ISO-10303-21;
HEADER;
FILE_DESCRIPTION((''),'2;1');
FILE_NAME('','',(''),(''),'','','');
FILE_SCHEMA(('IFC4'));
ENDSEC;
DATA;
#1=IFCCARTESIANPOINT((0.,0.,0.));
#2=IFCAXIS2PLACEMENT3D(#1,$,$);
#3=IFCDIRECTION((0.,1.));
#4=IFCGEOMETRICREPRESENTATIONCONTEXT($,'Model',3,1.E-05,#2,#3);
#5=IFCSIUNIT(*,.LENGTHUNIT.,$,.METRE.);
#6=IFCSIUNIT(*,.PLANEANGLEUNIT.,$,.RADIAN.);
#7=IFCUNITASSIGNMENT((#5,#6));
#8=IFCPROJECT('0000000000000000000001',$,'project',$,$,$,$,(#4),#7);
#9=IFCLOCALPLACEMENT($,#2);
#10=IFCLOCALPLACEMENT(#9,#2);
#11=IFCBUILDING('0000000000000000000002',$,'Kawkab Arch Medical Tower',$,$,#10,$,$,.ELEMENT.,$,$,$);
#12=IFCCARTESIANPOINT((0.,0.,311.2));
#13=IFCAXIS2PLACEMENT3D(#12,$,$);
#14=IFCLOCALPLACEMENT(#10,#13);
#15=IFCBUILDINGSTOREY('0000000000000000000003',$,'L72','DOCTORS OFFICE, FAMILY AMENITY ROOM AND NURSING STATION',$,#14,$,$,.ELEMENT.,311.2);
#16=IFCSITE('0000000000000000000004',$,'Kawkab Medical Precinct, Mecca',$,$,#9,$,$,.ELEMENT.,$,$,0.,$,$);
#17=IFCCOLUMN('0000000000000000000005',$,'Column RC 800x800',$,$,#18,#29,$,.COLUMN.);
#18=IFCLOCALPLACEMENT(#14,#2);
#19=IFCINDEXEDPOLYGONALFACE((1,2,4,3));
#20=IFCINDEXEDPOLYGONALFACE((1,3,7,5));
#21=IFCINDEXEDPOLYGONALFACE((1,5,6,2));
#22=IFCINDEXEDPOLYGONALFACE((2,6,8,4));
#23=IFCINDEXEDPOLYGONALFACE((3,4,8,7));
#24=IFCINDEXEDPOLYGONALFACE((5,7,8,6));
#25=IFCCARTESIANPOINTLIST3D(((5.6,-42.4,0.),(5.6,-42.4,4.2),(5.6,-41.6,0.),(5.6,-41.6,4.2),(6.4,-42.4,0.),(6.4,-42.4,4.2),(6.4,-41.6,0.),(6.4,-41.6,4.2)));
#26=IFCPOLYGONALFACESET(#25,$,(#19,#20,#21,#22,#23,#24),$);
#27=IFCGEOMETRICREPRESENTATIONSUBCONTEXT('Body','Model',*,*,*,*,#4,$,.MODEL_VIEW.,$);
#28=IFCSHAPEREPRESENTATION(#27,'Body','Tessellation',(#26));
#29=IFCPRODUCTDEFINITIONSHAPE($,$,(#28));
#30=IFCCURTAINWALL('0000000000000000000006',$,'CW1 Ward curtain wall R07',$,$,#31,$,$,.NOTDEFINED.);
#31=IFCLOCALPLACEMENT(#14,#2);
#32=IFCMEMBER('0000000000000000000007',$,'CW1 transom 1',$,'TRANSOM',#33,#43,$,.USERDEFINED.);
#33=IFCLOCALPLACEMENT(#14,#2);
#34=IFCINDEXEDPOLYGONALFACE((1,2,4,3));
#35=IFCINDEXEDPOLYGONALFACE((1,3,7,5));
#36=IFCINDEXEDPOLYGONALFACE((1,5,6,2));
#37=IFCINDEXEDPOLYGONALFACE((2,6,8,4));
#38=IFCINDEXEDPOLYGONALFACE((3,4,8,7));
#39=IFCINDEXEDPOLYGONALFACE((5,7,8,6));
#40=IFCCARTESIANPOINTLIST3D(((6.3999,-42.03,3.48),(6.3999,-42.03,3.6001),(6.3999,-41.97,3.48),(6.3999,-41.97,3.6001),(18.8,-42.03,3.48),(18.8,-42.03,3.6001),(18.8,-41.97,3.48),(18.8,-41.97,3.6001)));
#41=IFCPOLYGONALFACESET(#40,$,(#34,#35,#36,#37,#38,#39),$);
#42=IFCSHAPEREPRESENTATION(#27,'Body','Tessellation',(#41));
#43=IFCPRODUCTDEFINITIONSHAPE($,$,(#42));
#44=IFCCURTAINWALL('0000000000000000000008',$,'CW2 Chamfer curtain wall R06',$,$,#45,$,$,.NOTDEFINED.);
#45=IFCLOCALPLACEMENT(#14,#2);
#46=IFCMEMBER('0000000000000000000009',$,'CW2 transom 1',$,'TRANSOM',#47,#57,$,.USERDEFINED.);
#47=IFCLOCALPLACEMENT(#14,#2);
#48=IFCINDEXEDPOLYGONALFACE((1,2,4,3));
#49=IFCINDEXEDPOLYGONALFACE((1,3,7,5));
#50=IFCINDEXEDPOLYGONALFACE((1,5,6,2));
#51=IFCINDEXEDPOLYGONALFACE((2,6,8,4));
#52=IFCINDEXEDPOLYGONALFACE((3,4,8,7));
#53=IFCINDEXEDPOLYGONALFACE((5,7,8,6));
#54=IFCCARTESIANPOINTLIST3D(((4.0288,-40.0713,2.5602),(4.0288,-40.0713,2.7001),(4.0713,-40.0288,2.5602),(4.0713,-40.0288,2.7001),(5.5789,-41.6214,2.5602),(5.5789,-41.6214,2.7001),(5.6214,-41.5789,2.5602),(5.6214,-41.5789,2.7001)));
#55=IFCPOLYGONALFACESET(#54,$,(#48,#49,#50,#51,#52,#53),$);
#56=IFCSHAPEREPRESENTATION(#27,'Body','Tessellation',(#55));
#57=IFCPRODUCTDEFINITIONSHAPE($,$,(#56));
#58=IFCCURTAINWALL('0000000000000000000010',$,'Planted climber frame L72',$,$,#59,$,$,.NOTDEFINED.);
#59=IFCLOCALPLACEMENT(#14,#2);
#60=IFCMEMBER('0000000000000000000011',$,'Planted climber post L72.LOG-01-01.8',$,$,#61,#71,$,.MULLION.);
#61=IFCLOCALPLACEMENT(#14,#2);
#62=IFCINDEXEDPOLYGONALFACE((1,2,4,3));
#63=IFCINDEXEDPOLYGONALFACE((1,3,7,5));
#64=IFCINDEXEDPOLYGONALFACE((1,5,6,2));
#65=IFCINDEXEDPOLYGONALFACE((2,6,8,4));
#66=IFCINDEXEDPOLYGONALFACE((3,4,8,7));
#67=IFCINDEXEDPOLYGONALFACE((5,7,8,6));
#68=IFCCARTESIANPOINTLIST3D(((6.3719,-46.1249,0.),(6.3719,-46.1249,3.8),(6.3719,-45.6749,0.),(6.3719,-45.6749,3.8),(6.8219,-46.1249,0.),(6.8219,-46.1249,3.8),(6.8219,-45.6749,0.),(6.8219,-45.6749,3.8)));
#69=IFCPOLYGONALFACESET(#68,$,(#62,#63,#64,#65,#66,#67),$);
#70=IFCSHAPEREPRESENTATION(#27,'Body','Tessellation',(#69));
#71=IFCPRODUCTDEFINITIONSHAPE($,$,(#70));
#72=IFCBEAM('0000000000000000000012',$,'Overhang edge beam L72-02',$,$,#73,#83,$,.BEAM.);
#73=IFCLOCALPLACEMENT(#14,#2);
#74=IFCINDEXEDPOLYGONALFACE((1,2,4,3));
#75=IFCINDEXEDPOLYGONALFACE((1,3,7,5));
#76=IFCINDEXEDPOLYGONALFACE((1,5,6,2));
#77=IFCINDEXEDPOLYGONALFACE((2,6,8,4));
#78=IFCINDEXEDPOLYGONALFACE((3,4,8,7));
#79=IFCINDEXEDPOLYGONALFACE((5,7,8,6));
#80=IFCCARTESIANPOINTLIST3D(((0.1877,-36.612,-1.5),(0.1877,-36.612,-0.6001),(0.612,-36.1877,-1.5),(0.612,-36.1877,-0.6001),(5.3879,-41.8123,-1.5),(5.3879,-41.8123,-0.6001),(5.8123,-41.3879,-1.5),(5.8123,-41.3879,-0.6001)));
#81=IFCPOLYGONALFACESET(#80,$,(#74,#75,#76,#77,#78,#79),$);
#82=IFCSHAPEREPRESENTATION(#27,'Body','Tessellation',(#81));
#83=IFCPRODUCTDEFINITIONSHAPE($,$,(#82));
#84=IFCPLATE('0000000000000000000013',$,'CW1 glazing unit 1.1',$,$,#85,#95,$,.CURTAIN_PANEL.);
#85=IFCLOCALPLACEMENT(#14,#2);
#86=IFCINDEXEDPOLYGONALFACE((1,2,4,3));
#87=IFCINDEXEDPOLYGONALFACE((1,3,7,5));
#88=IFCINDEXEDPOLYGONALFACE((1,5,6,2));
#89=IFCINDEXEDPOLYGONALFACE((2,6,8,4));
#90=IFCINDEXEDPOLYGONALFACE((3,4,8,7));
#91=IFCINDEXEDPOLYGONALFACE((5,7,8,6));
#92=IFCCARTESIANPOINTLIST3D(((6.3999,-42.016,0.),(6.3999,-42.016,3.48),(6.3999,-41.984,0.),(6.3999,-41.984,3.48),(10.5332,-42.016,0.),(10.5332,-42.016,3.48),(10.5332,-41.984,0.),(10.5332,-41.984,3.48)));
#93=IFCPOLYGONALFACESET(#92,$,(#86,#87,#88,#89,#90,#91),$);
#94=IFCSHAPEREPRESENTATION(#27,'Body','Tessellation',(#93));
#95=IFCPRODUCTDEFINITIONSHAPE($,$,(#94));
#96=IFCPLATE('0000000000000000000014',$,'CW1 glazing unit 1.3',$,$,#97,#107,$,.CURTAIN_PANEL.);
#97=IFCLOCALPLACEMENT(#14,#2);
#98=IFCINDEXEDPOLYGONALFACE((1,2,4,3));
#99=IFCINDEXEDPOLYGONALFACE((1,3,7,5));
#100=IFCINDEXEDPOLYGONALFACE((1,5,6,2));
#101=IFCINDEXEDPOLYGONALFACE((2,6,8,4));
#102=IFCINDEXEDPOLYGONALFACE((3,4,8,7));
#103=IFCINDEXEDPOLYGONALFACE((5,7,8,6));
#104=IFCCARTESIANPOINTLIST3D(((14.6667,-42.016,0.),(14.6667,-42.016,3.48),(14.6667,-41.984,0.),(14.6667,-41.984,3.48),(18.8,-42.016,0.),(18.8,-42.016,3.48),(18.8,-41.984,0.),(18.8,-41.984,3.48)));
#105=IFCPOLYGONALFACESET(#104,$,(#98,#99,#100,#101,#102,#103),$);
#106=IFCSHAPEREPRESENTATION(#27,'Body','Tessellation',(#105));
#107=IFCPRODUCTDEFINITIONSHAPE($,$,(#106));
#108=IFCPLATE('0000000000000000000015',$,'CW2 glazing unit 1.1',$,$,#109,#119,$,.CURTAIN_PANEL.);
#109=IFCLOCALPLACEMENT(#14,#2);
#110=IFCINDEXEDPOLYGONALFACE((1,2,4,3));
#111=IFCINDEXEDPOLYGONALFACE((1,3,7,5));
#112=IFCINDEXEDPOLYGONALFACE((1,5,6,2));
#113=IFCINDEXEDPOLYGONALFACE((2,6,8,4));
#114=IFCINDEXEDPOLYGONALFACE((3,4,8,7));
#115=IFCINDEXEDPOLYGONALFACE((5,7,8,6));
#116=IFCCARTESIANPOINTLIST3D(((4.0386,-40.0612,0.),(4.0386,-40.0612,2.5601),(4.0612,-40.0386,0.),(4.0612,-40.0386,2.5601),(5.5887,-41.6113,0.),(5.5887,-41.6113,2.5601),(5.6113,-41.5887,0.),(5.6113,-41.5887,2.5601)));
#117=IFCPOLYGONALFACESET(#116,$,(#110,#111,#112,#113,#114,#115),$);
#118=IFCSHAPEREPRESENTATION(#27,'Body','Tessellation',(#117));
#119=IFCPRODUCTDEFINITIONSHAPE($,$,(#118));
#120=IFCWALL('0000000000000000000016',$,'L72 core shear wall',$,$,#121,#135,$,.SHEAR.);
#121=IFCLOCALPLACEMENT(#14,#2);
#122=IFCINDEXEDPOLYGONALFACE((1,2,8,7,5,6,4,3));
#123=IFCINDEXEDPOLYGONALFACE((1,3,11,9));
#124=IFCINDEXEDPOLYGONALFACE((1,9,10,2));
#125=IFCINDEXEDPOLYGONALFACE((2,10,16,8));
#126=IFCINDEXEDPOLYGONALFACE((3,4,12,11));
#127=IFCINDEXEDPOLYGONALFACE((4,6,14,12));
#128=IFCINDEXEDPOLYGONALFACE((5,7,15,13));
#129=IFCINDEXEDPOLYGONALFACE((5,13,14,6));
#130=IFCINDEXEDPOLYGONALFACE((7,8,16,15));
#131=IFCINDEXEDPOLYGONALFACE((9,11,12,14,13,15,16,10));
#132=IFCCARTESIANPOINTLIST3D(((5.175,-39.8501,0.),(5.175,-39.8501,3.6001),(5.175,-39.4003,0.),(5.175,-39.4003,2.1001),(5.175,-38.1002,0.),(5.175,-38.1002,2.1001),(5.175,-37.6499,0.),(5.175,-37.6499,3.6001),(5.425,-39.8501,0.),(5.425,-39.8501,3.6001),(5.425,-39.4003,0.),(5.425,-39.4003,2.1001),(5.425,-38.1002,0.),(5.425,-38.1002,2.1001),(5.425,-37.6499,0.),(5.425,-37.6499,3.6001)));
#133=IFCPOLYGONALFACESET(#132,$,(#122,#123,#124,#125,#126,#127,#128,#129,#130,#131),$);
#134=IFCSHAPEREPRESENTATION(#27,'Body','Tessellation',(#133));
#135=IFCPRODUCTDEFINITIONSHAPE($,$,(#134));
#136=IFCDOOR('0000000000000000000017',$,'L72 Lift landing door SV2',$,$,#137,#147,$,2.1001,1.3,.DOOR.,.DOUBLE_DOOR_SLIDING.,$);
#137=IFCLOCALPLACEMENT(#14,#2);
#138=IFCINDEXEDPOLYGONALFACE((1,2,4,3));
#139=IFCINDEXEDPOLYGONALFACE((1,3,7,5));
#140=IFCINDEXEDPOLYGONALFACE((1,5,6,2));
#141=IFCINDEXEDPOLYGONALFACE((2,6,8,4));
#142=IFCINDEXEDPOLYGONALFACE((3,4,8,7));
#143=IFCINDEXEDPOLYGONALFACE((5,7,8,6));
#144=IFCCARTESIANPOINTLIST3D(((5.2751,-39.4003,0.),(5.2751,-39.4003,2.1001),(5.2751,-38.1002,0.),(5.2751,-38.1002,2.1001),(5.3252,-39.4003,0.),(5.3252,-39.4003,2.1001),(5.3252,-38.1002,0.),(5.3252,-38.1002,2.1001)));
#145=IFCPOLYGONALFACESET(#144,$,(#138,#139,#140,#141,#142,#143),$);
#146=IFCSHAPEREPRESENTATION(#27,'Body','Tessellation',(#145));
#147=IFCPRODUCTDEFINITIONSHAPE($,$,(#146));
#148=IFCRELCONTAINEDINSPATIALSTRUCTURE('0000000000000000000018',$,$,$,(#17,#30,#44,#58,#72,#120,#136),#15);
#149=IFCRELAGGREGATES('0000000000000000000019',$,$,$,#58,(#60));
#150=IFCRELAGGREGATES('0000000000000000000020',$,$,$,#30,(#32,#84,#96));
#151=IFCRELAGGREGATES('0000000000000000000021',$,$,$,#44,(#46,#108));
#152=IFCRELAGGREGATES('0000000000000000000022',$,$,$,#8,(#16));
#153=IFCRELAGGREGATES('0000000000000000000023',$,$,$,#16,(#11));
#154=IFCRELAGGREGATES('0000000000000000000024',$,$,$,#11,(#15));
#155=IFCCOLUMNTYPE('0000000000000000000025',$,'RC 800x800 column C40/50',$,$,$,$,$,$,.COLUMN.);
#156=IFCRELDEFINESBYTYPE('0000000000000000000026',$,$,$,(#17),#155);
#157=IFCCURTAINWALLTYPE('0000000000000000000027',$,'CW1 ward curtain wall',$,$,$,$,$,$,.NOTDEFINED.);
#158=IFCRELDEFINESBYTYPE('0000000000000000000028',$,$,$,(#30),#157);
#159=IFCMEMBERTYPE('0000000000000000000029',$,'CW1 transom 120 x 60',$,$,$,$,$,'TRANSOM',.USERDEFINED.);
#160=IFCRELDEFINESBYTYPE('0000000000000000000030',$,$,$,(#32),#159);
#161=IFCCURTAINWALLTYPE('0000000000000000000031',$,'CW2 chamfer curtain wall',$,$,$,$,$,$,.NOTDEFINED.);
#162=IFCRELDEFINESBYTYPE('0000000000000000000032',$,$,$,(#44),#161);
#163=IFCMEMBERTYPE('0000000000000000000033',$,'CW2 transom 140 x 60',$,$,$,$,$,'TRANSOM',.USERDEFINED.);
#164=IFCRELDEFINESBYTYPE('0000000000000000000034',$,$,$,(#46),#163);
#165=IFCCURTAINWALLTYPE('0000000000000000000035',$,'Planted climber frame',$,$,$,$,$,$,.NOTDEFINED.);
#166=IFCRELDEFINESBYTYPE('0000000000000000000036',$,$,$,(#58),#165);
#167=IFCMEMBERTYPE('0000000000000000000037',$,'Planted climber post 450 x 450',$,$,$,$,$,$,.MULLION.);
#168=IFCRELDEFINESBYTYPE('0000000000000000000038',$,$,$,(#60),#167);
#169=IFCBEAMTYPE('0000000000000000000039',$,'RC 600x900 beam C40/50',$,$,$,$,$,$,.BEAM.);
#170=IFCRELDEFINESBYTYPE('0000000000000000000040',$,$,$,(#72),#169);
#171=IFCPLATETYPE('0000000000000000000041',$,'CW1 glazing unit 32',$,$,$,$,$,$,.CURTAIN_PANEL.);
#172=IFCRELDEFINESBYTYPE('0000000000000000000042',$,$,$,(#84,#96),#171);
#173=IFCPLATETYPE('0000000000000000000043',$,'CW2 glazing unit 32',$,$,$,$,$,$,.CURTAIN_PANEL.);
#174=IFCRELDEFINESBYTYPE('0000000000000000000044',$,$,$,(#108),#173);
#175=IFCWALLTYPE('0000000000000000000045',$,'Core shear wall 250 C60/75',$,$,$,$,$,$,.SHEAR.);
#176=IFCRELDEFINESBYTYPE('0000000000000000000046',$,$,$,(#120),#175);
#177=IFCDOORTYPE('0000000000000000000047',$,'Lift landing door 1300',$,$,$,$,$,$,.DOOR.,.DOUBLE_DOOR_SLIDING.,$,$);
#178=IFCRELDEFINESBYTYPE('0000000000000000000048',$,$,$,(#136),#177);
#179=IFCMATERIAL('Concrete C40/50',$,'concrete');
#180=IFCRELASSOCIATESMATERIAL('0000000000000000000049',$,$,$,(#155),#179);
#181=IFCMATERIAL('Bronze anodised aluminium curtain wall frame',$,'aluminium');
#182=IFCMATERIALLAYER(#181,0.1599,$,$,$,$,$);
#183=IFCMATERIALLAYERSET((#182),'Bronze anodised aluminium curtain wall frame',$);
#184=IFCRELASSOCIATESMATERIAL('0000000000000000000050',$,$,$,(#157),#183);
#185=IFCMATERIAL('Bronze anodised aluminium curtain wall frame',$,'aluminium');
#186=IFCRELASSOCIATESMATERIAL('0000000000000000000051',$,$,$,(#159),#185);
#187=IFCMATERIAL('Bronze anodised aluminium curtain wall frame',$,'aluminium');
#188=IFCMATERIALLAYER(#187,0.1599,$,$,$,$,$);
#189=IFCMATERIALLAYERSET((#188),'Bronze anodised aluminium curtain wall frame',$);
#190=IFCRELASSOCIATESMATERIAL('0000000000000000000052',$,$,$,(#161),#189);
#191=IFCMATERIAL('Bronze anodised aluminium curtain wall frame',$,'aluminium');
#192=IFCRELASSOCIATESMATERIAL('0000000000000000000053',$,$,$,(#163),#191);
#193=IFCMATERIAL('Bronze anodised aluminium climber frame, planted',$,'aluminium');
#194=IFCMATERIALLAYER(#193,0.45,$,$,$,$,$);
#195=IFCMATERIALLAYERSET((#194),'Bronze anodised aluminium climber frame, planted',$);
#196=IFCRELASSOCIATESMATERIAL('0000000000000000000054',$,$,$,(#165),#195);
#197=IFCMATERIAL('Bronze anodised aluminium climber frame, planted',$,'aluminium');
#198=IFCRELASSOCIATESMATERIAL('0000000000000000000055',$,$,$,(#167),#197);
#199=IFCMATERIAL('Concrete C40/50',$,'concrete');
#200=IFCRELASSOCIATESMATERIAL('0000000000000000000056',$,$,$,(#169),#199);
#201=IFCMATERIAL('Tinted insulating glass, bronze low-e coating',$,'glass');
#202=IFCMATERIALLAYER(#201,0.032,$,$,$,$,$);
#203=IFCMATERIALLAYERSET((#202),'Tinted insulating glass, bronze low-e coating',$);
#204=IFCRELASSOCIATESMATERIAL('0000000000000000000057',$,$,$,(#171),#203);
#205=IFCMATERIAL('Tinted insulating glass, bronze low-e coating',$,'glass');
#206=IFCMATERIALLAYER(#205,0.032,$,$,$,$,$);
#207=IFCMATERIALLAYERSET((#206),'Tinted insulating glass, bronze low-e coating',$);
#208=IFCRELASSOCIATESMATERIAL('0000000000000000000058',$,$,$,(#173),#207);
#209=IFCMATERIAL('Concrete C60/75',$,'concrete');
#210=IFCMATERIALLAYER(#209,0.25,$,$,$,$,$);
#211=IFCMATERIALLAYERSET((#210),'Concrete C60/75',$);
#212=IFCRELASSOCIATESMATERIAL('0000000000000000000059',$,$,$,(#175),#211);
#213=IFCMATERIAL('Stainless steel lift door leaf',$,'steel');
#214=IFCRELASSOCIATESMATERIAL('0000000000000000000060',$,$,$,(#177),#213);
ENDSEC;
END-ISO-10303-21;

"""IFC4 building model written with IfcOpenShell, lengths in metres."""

from ifc_helpers import new_model, si_unit, direction, frame, frame_2d, origin, origin_2d, place, context, subcontext, project, spatial, rectangle, extrude, material, layer, layer_set, material_profile, profile_set, type_object, element, fill, aggregate, save


model = new_model("IFC4")

# Units and contexts
model_context = context("Model", 3, precision=1e-05, world=origin(), true_north=direction((0.0, 1.0)))
body_context = subcontext(model_context, "Body", "Model", "MODEL_VIEW")
ifc_project = project(units=[si_unit("LENGTHUNIT", "METRE"), si_unit("PLANEANGLEUNIT", "RADIAN")], contexts=[model_context])

# Site, building, storey
site_placement = place(None, origin())
site = spatial("IfcSite", under=ifc_project, at=site_placement, Name="Kawkab Medical Precinct, Mecca", CompositionType="ELEMENT", RefElevation=0.0)
building_placement = place(site_placement, origin())
building = spatial("IfcBuilding", under=site, at=building_placement, Name="Kawkab Arch Medical Tower", CompositionType="ELEMENT")
storey_placement = place(building_placement, frame((0.0, 0.0, 311.2)))
storey = spatial("IfcBuildingStorey", under=building, at=storey_placement, Name="L72", Description="DOCTORS OFFICE, FAMILY AMENITY ROOM AND NURSING STATION", CompositionType="ELEMENT", Elevation=311.2)

# Column
ifc_material_1 = material(Name="Concrete C40/50", Category="concrete")
ifc_material_profile_1 = material_profile(ifc_material_1, rectangle(XDim=0.8, YDim=0.8, at=origin_2d()), Name="RC 800x800")
ifc_profile_set_1 = profile_set([ifc_material_profile_1], Name="Concrete C40/50")
column_type = type_object("IfcColumnType", Name="RC 800x800 column C40/50", PredefinedType="COLUMN", material=ifc_profile_set_1)
column_placement = place(storey_placement, frame((6.0, -42.0, 0.0), z_axis=(0.0, 0.0, 1.0), x_axis=(1.0, 0.0, 0.0)))
element("IfcColumn", 1, at=column_placement, inside=storey, type_object=column_type, Name="Column RC 800x800", PredefinedType="COLUMN", context=body_context, shape_type="SweptSolid", body=[
    extrude(rectangle(XDim=0.8, YDim=0.8, at=origin_2d()), origin(), (0.0, 0.0, 1.0), 4.2),
])

# Curtain walls, members
ifc_material_2 = material(Name="Bronze anodised aluminium curtain wall frame", Category="aluminium")
ifc_layer_1 = layer(ifc_material_2, 0.1599)
ifc_layer_set_1 = layer_set([ifc_layer_1], Name="Bronze anodised aluminium curtain wall frame")
curtain_wall_type_1 = type_object("IfcCurtainWallType", Name="CW1 ward curtain wall", PredefinedType="NOTDEFINED", material=ifc_layer_set_1)
placement = place(storey_placement, origin())
curtain_wall_1 = element("IfcCurtainWall", 2, at=placement, inside=storey, type_object=curtain_wall_type_1, Name="CW1 Ward curtain wall R07", PredefinedType="NOTDEFINED")
ifc_material_3 = material(Name="Bronze anodised aluminium curtain wall frame", Category="aluminium")
ifc_material_profile_2 = material_profile(ifc_material_3, rectangle(XDim=0.0601, YDim=0.1201, at=origin_2d()), Name="AL 60x120")
ifc_profile_set_2 = profile_set([ifc_material_profile_2], Name="Bronze anodised aluminium curtain wall frame")
member_type_1 = type_object("IfcMemberType", Name="CW1 transom 120 x 60", ElementType="TRANSOM", PredefinedType="USERDEFINED", material=ifc_profile_set_2)
member_1_placement = place(storey_placement, frame((6.3999, -42.0, 3.54), z_axis=(1.0, 0.0, 0.0), x_axis=(0.0, 1.0, 0.0)))
member_1 = element("IfcMember", 3, at=member_1_placement, type_object=member_type_1, Name="CW1 transom 1", ObjectType="TRANSOM", PredefinedType="USERDEFINED", context=body_context, shape_type="SweptSolid", body=[
    extrude(rectangle(XDim=0.0601, YDim=0.1201, at=origin_2d()), origin(), (0.0, 0.0, 1.0), 12.4001),
])
ifc_material_4 = material(Name="Bronze anodised aluminium curtain wall frame", Category="aluminium")
ifc_layer_2 = layer(ifc_material_4, 0.1599)
ifc_layer_set_2 = layer_set([ifc_layer_2], Name="Bronze anodised aluminium curtain wall frame")
curtain_wall_type_2 = type_object("IfcCurtainWallType", Name="CW2 chamfer curtain wall", PredefinedType="NOTDEFINED", material=ifc_layer_set_2)
curtain_wall_2 = element("IfcCurtainWall", 4, at=placement, inside=storey, type_object=curtain_wall_type_2, Name="CW2 Chamfer curtain wall R06", PredefinedType="NOTDEFINED")
ifc_material_5 = material(Name="Bronze anodised aluminium curtain wall frame", Category="aluminium")
ifc_material_profile_3 = material_profile(ifc_material_5, rectangle(XDim=0.0601, YDim=0.1399, at=origin_2d()), Name="AL 60x140")
ifc_profile_set_3 = profile_set([ifc_material_profile_3], Name="Bronze anodised aluminium curtain wall frame")
member_type_2 = type_object("IfcMemberType", Name="CW2 transom 140 x 60", ElementType="TRANSOM", PredefinedType="USERDEFINED", material=ifc_profile_set_3)
member_2_placement = place(storey_placement, frame((4.05, -40.05, 2.6301), z_axis=(0.707107, -0.707107, 0.0), x_axis=(0.707107, 0.707107, 0.0)))
member_2 = element("IfcMember", 5, at=member_2_placement, type_object=member_type_2, Name="CW2 transom 1", ObjectType="TRANSOM", PredefinedType="USERDEFINED", context=body_context, shape_type="SweptSolid", body=[
    extrude(rectangle(XDim=0.0601, YDim=0.1399, at=origin_2d()), origin(), (0.0, 0.0, 1.0), 2.1921),
])
ifc_material_6 = material(Name="Bronze anodised aluminium climber frame, planted", Category="aluminium")
ifc_layer_3 = layer(ifc_material_6, 0.45)
ifc_layer_set_3 = layer_set([ifc_layer_3], Name="Bronze anodised aluminium climber frame, planted")
curtain_wall_type_3 = type_object("IfcCurtainWallType", Name="Planted climber frame", PredefinedType="NOTDEFINED", material=ifc_layer_set_3)
curtain_wall_3 = element("IfcCurtainWall", 6, at=placement, inside=storey, type_object=curtain_wall_type_3, Name="Planted climber frame L72", PredefinedType="NOTDEFINED")
ifc_material_7 = material(Name="Bronze anodised aluminium climber frame, planted", Category="aluminium")
ifc_material_profile_4 = material_profile(ifc_material_7, rectangle(XDim=0.45, YDim=0.45, at=origin_2d()), Name="Post 450x450")
ifc_profile_set_4 = profile_set([ifc_material_profile_4], Name="Bronze anodised aluminium climber frame, planted")
member_type_3 = type_object("IfcMemberType", Name="Planted climber post 450 x 450", PredefinedType="MULLION", material=ifc_profile_set_4)
member_3_placement = place(storey_placement, frame((6.5969, -45.8999, 0.0), z_axis=(0.0, 0.0, 1.0), x_axis=(1.0, 0.0, 0.0)))
member_3 = element("IfcMember", 7, at=member_3_placement, type_object=member_type_3, Name="Planted climber post L72.LOG-01-01.8", PredefinedType="MULLION", context=body_context, shape_type="SweptSolid", body=[
    extrude(rectangle(XDim=0.45, YDim=0.45, at=origin_2d()), origin(), (0.0, 0.0, 1.0), 3.8),
])
aggregate(curtain_wall_3, [member_3])

# Beam
ifc_material_8 = material(Name="Concrete C40/50", Category="concrete")
ifc_material_profile_5 = material_profile(ifc_material_8, rectangle(XDim=0.6001, YDim=0.8999, at=origin_2d()), Name="RC 600x900")
ifc_profile_set_5 = profile_set([ifc_material_profile_5], Name="Concrete C40/50")
beam_type = type_object("IfcBeamType", Name="RC 600x900 beam C40/50", PredefinedType="BEAM", material=ifc_profile_set_5)
beam_placement = place(storey_placement, frame((5.6001, -41.6001, -1.05), z_axis=(-0.707107, 0.707107, 0.0), x_axis=(-0.707107, -0.707107, 0.0)))
element("IfcBeam", 8, at=beam_placement, inside=storey, type_object=beam_type, Name="Overhang edge beam L72-02", PredefinedType="BEAM", context=body_context, shape_type="SweptSolid", body=[
    extrude(rectangle(XDim=0.6001, YDim=0.8999, at=origin_2d()), origin(), (0.0, 0.0, 1.0), 7.3542),
])

# Plates
ifc_material_9 = material(Name="Tinted insulating glass, bronze low-e coating", Category="glass")
ifc_layer_4 = layer(ifc_material_9, 0.032)
ifc_layer_set_4 = layer_set([ifc_layer_4], Name="Tinted insulating glass, bronze low-e coating")
plate_type_1 = type_object("IfcPlateType", Name="CW1 glazing unit 32", PredefinedType="CURTAIN_PANEL", material=ifc_layer_set_4)
plate_1_placement = place(storey_placement, frame((8.4666, -42.0, 0.0), z_axis=(0.0, 0.0, 1.0), x_axis=(1.0, 0.0, 0.0)))
plate_1 = element("IfcPlate", 9, at=plate_1_placement, type_object=plate_type_1, Name="CW1 glazing unit 1.1", PredefinedType="CURTAIN_PANEL", context=body_context, shape_type="SweptSolid", body=[
    extrude(rectangle(XDim=4.1333, YDim=0.032, at=origin_2d()), origin(), (0.0, 0.0, 1.0), 3.48),
])
plate_2_placement = place(storey_placement, frame((16.7334, -42.0, 0.0), z_axis=(0.0, 0.0, 1.0), x_axis=(1.0, 0.0, 0.0)))
plate_2 = element("IfcPlate", 10, at=plate_2_placement, type_object=plate_type_1, Name="CW1 glazing unit 1.3", PredefinedType="CURTAIN_PANEL", context=body_context, shape_type="SweptSolid", body=[
    extrude(rectangle(XDim=4.1333, YDim=0.032, at=origin_2d()), origin(), (0.0, 0.0, 1.0), 3.48),
])
aggregate(curtain_wall_1, [member_1, plate_1, plate_2])
ifc_material_10 = material(Name="Tinted insulating glass, bronze low-e coating", Category="glass")
ifc_layer_5 = layer(ifc_material_10, 0.032)
ifc_layer_set_5 = layer_set([ifc_layer_5], Name="Tinted insulating glass, bronze low-e coating")
plate_type_2 = type_object("IfcPlateType", Name="CW2 glazing unit 32", PredefinedType="CURTAIN_PANEL", material=ifc_layer_set_5)
plate_3_placement = place(storey_placement, frame((4.825, -40.825, 0.0), z_axis=(0.0, 0.0, 1.0), x_axis=(0.707107, -0.707107, 0.0)))
plate_3 = element("IfcPlate", 11, at=plate_3_placement, type_object=plate_type_2, Name="CW2 glazing unit 1.1", PredefinedType="CURTAIN_PANEL", context=body_context, shape_type="SweptSolid", body=[
    extrude(rectangle(XDim=2.1921, YDim=0.032, at=origin_2d()), origin(), (0.0, 0.0, 1.0), 2.5601),
])
aggregate(curtain_wall_2, [member_2, plate_3])

# Wall, opening, door
ifc_material_11 = material(Name="Concrete C60/75", Category="concrete")
ifc_layer_6 = layer(ifc_material_11, 0.25)
ifc_layer_set_6 = layer_set([ifc_layer_6], Name="Concrete C60/75")
wall_type_1 = type_object("IfcWallType", Name="Core shear wall 250 C60/75", PredefinedType="SHEAR", material=ifc_layer_set_6)
wall_1_placement = place(storey_placement, frame((5.3, -39.8501, 0.0), z_axis=(0.0, 0.0, 1.0), x_axis=(0.0, 1.0, 0.0)))
wall_1 = element("IfcWall", 12, at=wall_1_placement, inside=storey, type_object=wall_type_1, Name="L72 core shear wall", PredefinedType="SHEAR", context=body_context, shape_type="SweptSolid", body=[
    extrude(rectangle(XDim=2.2002, YDim=0.25, at=frame_2d((1.1001, 0.0))), origin(), (0.0, 0.0, 1.0), 3.6001),
])
opening_1_placement = place(wall_1_placement, frame((0.45, 0.0, 0.0)))
opening_1 = element("IfcOpeningElement", 13, at=opening_1_placement, cuts=wall_1, PredefinedType="OPENING", context=body_context, shape_type="SweptSolid", body=[
    extrude(rectangle(XDim=1.3, YDim=2.1001, at=frame_2d((0.6499, 1.05))), frame((0.0, 0.135, 0.0), z_axis=(0.0, -1.0, 0.0), x_axis=(1.0, 0.0, 0.0)), (0.0, 0.0, 1.0), 0.27),
])
ifc_material_12 = material(Name="Stainless steel lift door leaf", Category="steel")
door_type_1 = type_object("IfcDoorType", Name="Lift landing door 1300", OperationType="DOUBLE_DOOR_SLIDING", PredefinedType="DOOR", material=ifc_material_12)
door_1_placement = place(opening_1_placement, origin())
door_1 = element("IfcDoor", 14, at=door_1_placement, inside=storey, type_object=door_type_1, Name="L72 Lift landing door SV2", OperationType="DOUBLE_DOOR_SLIDING", OverallHeight=2.1001, OverallWidth=1.3, PredefinedType="DOOR", context=body_context, shape_type="SweptSolid", body=[
    extrude(rectangle(XDim=1.3, YDim=2.1001, at=frame_2d((0.6499, 1.05))), frame((0.0, 0.0249, 0.0), z_axis=(0.0, -1.0, 0.0), x_axis=(1.0, 0.0, 0.0)), (0.0, 0.0, 1.0), 0.05),
])
fill(opening_1, door_1)

save(model, "model.ifc")
